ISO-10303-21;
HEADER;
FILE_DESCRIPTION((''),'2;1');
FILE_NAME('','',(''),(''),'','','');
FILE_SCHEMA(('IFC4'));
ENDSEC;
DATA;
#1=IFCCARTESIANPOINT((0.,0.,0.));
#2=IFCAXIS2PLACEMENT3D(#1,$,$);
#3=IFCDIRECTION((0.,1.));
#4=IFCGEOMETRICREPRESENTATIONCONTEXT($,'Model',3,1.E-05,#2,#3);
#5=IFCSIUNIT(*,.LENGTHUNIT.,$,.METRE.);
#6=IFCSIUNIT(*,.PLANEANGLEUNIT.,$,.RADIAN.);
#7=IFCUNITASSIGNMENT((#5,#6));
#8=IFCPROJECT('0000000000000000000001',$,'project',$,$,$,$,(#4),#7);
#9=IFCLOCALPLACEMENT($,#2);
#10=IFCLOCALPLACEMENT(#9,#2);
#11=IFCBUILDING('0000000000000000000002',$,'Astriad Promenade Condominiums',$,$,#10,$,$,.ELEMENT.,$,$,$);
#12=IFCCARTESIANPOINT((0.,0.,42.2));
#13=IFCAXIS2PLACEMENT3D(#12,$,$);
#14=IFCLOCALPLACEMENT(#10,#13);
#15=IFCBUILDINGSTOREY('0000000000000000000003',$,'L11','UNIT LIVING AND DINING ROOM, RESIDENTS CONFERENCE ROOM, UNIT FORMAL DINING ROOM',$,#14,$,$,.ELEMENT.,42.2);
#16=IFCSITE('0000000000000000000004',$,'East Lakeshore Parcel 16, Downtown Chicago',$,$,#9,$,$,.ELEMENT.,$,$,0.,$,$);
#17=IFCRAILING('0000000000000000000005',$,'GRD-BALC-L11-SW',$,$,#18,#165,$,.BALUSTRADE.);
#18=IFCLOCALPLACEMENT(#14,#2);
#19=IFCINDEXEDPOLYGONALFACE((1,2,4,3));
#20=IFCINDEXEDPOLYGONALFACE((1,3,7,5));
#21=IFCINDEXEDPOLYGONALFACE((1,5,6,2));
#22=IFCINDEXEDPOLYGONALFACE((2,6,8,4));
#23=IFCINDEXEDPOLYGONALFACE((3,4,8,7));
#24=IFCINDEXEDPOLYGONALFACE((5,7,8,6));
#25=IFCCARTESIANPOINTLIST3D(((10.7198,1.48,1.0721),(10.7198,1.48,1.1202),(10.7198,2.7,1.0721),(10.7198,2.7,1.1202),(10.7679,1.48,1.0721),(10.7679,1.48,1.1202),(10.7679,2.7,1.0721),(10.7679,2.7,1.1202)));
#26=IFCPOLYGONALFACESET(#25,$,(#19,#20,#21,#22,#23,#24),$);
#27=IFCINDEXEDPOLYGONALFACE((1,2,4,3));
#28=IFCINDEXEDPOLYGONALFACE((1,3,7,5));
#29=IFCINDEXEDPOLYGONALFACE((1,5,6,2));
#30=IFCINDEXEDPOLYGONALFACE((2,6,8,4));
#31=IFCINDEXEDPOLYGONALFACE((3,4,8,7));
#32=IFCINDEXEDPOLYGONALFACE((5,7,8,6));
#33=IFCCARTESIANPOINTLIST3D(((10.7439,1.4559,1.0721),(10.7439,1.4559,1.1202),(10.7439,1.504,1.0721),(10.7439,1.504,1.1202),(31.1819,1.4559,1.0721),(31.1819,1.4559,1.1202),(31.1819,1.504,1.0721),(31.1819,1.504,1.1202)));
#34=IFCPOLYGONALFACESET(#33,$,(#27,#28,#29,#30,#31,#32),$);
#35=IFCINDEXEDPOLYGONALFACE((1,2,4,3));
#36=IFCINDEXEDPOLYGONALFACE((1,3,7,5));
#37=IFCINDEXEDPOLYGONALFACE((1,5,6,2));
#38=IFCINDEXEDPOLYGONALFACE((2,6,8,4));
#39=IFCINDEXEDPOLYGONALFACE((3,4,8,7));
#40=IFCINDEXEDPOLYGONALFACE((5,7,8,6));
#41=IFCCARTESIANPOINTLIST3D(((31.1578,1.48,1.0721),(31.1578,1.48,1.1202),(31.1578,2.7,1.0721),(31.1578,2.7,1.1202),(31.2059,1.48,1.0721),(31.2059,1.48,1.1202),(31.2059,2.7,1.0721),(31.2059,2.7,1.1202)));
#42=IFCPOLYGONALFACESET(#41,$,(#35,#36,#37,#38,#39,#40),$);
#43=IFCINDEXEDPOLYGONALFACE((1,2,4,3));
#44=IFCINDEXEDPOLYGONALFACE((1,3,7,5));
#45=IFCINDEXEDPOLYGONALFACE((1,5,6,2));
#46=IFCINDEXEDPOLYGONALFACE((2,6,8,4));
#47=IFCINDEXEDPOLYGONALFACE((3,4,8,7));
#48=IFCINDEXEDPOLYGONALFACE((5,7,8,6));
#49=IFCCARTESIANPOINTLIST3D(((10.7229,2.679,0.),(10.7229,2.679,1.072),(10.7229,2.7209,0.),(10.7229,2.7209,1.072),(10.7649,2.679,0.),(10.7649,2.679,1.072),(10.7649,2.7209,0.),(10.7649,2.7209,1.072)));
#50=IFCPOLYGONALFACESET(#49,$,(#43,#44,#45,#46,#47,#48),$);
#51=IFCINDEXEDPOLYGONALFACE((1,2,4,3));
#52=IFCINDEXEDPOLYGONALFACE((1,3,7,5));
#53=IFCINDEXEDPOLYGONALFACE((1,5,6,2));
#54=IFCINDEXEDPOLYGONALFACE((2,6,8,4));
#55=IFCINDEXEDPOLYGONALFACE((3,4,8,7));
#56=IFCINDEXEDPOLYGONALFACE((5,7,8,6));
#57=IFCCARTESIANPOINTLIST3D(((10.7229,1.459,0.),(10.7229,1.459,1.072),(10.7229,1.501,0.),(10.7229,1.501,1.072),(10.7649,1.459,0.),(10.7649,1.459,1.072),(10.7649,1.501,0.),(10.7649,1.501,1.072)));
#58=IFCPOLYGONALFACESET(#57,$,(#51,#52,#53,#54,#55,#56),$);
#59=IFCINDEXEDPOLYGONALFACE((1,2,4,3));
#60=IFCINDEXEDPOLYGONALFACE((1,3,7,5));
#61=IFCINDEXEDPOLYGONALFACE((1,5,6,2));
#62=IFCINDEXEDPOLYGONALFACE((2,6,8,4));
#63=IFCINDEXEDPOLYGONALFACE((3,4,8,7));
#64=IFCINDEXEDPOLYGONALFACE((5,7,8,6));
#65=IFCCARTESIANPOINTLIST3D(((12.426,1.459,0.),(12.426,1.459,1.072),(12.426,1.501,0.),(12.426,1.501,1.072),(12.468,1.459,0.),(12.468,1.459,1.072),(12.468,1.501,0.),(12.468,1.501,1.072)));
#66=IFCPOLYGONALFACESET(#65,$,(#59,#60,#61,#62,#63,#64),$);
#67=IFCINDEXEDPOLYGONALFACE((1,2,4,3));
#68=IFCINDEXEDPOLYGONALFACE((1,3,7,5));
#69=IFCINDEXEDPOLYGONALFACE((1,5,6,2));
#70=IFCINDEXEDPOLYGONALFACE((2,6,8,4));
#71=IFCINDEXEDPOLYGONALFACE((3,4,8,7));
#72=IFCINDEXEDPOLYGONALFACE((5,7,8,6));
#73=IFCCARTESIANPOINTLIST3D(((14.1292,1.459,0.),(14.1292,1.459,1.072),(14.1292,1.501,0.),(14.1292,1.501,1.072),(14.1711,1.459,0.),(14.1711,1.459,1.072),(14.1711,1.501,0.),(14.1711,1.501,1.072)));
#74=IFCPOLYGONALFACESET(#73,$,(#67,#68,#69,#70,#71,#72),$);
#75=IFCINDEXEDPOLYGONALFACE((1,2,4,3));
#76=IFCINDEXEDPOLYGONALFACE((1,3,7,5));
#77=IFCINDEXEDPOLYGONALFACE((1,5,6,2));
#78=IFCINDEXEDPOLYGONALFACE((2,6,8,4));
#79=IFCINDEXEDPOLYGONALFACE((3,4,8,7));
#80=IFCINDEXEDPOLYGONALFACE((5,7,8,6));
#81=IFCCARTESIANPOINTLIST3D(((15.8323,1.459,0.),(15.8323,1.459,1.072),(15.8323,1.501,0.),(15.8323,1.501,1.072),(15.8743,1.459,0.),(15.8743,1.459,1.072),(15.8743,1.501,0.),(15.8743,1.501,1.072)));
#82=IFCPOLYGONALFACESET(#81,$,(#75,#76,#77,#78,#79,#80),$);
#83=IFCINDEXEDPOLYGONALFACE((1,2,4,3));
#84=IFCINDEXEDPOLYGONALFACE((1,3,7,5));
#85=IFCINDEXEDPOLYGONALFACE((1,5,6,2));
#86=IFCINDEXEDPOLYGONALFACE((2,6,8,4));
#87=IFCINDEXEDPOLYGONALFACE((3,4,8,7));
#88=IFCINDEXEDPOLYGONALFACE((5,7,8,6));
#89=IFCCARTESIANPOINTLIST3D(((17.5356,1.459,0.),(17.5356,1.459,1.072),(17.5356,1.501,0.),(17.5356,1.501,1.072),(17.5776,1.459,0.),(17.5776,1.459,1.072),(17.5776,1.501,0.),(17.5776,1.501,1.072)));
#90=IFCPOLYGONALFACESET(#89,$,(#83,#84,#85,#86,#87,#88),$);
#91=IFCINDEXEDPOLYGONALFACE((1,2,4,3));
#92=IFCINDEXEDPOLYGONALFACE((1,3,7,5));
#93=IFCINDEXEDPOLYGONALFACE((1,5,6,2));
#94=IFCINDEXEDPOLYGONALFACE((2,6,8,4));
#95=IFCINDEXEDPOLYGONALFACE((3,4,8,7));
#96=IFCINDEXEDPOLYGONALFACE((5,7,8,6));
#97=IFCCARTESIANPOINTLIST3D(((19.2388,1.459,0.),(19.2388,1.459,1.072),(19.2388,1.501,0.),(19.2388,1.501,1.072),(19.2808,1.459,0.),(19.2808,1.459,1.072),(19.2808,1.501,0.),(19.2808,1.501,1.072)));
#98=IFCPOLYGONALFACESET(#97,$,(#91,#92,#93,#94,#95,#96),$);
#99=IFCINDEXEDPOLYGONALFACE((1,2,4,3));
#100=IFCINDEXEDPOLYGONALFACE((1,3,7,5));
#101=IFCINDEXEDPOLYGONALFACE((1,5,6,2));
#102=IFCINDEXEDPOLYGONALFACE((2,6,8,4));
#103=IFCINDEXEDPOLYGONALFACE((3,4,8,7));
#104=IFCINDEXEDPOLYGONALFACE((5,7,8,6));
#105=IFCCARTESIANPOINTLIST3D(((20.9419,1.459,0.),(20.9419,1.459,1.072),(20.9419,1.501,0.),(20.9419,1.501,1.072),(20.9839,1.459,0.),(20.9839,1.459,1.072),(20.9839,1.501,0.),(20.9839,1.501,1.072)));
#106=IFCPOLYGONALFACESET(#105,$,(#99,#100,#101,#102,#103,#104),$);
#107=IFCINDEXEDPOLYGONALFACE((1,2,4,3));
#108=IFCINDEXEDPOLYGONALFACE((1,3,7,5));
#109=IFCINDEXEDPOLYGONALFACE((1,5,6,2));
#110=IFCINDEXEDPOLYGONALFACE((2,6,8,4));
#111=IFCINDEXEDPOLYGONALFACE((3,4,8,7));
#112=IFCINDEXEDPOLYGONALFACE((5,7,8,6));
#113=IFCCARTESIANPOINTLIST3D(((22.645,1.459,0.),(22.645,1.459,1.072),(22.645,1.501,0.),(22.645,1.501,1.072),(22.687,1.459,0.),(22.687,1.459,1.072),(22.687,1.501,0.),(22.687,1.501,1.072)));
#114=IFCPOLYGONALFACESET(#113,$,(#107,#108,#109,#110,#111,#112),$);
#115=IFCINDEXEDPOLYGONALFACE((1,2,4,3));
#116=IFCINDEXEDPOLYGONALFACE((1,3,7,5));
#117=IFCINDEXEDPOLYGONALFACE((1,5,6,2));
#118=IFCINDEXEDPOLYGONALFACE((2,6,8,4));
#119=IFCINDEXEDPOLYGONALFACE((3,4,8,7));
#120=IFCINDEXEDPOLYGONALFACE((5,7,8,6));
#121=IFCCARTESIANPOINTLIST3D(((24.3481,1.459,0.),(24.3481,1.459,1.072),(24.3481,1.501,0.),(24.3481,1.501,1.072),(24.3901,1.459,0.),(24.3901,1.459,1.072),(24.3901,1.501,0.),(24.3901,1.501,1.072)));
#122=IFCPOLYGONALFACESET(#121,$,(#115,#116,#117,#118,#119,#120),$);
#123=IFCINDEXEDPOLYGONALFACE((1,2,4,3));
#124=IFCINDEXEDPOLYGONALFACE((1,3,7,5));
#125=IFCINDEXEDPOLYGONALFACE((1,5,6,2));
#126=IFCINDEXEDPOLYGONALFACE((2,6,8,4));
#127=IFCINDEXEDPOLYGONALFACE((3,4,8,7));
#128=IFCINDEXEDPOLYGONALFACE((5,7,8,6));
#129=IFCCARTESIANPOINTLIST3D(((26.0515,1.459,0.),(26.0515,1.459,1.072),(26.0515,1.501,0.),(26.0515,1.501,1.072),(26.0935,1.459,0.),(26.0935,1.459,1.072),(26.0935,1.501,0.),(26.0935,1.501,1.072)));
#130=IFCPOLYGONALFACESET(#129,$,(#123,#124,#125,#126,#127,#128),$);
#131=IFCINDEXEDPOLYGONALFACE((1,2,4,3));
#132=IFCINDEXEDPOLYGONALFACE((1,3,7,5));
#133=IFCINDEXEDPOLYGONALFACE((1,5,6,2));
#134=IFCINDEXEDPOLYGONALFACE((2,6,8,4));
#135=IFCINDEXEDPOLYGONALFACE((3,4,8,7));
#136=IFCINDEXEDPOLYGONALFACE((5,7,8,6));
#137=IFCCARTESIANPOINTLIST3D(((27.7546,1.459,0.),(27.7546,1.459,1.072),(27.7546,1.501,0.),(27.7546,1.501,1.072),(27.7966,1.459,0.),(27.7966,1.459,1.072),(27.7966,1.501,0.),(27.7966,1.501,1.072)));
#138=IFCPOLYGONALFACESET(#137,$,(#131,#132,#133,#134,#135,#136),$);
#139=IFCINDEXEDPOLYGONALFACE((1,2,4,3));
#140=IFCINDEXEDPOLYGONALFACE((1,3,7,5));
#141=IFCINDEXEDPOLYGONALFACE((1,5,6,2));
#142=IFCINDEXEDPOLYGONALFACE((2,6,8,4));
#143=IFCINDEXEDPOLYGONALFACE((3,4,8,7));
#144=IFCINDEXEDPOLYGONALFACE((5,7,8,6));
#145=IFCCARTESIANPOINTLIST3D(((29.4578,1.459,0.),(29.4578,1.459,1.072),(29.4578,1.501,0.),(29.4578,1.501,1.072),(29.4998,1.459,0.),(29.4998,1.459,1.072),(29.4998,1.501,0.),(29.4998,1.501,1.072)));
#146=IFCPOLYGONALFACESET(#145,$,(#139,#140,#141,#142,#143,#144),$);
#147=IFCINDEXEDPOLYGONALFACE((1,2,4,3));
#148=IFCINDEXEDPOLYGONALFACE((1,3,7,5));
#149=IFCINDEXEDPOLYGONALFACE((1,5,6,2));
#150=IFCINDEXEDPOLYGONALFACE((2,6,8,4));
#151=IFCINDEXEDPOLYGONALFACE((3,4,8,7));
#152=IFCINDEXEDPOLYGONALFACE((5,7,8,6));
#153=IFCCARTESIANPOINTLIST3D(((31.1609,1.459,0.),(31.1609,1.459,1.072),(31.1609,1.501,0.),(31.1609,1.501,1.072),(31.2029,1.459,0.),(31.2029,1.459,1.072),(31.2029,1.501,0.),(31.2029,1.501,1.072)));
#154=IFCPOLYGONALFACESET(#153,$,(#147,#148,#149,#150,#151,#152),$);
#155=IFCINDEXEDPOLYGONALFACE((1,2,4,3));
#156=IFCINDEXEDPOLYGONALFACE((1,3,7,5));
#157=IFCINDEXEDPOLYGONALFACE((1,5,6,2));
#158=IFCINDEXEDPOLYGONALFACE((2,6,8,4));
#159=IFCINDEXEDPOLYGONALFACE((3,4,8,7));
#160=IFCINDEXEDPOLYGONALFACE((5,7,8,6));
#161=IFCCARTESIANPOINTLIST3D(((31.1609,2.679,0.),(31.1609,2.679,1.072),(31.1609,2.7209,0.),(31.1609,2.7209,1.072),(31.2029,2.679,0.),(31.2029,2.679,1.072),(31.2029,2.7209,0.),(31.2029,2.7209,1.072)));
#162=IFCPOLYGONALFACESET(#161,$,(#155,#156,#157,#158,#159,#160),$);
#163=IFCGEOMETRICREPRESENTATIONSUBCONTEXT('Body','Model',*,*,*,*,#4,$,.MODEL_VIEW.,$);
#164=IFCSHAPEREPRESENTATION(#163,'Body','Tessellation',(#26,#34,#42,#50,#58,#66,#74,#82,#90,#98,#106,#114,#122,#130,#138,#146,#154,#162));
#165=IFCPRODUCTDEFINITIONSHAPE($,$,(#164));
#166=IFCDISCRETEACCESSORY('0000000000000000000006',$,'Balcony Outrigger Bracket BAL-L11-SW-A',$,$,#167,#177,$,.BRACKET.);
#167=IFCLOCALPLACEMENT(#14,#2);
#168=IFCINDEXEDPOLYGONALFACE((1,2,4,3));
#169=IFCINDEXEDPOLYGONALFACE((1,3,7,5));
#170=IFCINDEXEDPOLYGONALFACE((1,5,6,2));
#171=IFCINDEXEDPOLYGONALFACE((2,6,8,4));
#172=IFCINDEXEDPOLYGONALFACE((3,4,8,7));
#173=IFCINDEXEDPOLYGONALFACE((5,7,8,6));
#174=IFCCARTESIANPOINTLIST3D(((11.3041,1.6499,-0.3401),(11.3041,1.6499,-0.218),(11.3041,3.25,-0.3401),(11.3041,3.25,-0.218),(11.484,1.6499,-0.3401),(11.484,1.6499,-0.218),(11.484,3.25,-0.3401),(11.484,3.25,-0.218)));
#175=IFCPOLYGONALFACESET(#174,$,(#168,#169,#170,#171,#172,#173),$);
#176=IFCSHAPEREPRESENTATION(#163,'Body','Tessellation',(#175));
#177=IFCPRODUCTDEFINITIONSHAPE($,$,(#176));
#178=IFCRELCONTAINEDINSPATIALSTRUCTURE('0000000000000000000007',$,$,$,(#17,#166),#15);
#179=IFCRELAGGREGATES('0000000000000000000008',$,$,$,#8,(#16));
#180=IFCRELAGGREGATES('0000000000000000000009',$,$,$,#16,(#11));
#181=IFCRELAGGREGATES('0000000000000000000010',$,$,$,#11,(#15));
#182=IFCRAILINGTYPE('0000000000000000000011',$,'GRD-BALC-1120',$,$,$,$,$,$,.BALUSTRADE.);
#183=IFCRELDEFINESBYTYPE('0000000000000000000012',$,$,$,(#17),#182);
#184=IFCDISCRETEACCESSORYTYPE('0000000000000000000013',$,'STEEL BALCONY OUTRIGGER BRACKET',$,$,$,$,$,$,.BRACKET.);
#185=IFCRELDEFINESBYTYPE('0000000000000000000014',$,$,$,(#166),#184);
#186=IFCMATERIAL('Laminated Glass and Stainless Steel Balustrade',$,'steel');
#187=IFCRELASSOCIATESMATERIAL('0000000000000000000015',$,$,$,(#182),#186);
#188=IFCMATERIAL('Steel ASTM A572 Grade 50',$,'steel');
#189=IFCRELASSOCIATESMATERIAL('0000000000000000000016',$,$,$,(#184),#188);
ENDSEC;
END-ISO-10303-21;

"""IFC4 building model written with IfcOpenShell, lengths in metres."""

from ifc_helpers import new_model, si_unit, direction, frame, origin, origin_2d, place, context, subcontext, project, spatial, rectangle, extrude, source, transform, mapped, material, type_object, type_shapes, element, save


model = new_model("IFC4")

# Units and contexts
model_context = context("Model", 3, precision=1e-05, world=origin(), true_north=direction((0.0, 1.0)))
body_context = subcontext(model_context, "Body", "Model", "MODEL_VIEW")
ifc_project = project(units=[si_unit("LENGTHUNIT", "METRE"), si_unit("PLANEANGLEUNIT", "RADIAN")], contexts=[model_context])

# Site, building, storey
site_placement = place(None, origin())
site = spatial("IfcSite", under=ifc_project, at=site_placement, Name="East Lakeshore Parcel 16, Downtown Chicago", CompositionType="ELEMENT", RefElevation=0.0)
building_placement = place(site_placement, origin())
building = spatial("IfcBuilding", under=site, at=building_placement, Name="Astriad Promenade Condominiums", CompositionType="ELEMENT")
storey_placement = place(building_placement, frame((0.0, 0.0, 42.2)))
storey = spatial("IfcBuildingStorey", under=building, at=storey_placement, Name="L11", Description="UNIT LIVING AND DINING ROOM, RESIDENTS CONFERENCE ROOM, UNIT FORMAL DINING ROOM", CompositionType="ELEMENT", Elevation=42.2)

# Railing
ifc_material_1 = material(Name="Laminated Glass and Stainless Steel Balustrade", Category="steel")
railing_type = type_object("IfcRailingType", Name="GRD-BALC-1120", PredefinedType="BALUSTRADE", material=ifc_material_1)
shared_shape_1 = source(origin(), body_context, "Body", "SweptSolid", [
    extrude(rectangle(XDim=0.0481, YDim=0.0481, at=origin_2d()), frame((0.0, 0.0, 1.0962), z_axis=(0.0, -1.0, 0.0), x_axis=(1.0, 0.0, 0.0)), (0.0, 0.0, 1.0), 1.22),
    extrude(rectangle(XDim=0.0481, YDim=0.0481, at=origin_2d()), frame((0.0, -1.22, 1.0962), z_axis=(1.0, 0.0, 0.0), x_axis=(0.0, 1.0, 0.0)), (0.0, 0.0, 1.0), 20.438),
    extrude(rectangle(XDim=0.0481, YDim=0.0481, at=origin_2d()), frame((20.438, -1.22, 1.0962), z_axis=(0.0, 1.0, 0.0), x_axis=(-1.0, 0.0, 0.0)), (0.0, 0.0, 1.0), 1.22),
    extrude(rectangle(XDim=0.042, YDim=0.042, at=origin_2d()), origin(), (0.0, 0.0, 1.0), 1.072),
    extrude(rectangle(XDim=0.042, YDim=0.042, at=origin_2d()), frame((0.0, -1.22, 0.0)), (0.0, 0.0, 1.0), 1.072),
    extrude(rectangle(XDim=0.042, YDim=0.042, at=origin_2d()), frame((1.7031, -1.22, 0.0)), (0.0, 0.0, 1.0), 1.072),
    extrude(rectangle(XDim=0.042, YDim=0.042, at=origin_2d()), frame((3.4062, -1.22, 0.0)), (0.0, 0.0, 1.0), 1.072),
    extrude(rectangle(XDim=0.042, YDim=0.042, at=origin_2d()), frame((5.1094, -1.22, 0.0)), (0.0, 0.0, 1.0), 1.072),
    extrude(rectangle(XDim=0.042, YDim=0.042, at=origin_2d()), frame((6.8127, -1.22, 0.0)), (0.0, 0.0, 1.0), 1.072),
    extrude(rectangle(XDim=0.042, YDim=0.042, at=origin_2d()), frame((8.5159, -1.22, 0.0)), (0.0, 0.0, 1.0), 1.072),
    extrude(rectangle(XDim=0.042, YDim=0.042, at=origin_2d()), frame((10.219, -1.22, 0.0)), (0.0, 0.0, 1.0), 1.072),
    extrude(rectangle(XDim=0.042, YDim=0.042, at=origin_2d()), frame((11.9221, -1.22, 0.0)), (0.0, 0.0, 1.0), 1.072),
    extrude(rectangle(XDim=0.042, YDim=0.042, at=origin_2d()), frame((13.6252, -1.22, 0.0)), (0.0, 0.0, 1.0), 1.072),
    extrude(rectangle(XDim=0.042, YDim=0.042, at=origin_2d()), frame((15.3286, -1.22, 0.0)), (0.0, 0.0, 1.0), 1.072),
    extrude(rectangle(XDim=0.042, YDim=0.042, at=origin_2d()), frame((17.0317, -1.22, 0.0)), (0.0, 0.0, 1.0), 1.072),
    extrude(rectangle(XDim=0.042, YDim=0.042, at=origin_2d()), frame((18.7349, -1.22, 0.0)), (0.0, 0.0, 1.0), 1.072),
    extrude(rectangle(XDim=0.042, YDim=0.042, at=origin_2d()), frame((20.438, -1.22, 0.0)), (0.0, 0.0, 1.0), 1.072),
    extrude(rectangle(XDim=0.042, YDim=0.042, at=origin_2d()), frame((20.438, 0.0, 0.0)), (0.0, 0.0, 1.0), 1.072),
])
type_shapes(railing_type, [shared_shape_1])
railing_placement = place(storey_placement, frame((10.7439, 2.7, 0.0)))
element("IfcRailing", 1, at=railing_placement, inside=storey, type_object=railing_type, Name="GRD-BALC-L11-SW", PredefinedType="BALUSTRADE", context=body_context, shape_type="MappedRepresentation", body=[
    mapped(shared_shape_1, transform((0.0, 0.0, 0.0), scale=1.0)),
])

# Discrete accessory
ifc_material_2 = material(Name="Steel ASTM A572 Grade 50", Category="steel")
discrete_accessory_type = type_object("IfcDiscreteAccessoryType", Name="STEEL BALCONY OUTRIGGER BRACKET", PredefinedType="BRACKET", material=ifc_material_2)
shared_shape_2 = source(origin(), body_context, "Body", "SweptSolid", [
    extrude(rectangle(XDim=1.6001, YDim=0.1799, at=origin_2d()), origin(), (0.0, 0.0, 1.0), 0.1221),
])
type_shapes(discrete_accessory_type, [shared_shape_2])
discrete_accessory_placement = place(storey_placement, frame((11.394, 2.45, -0.3401), z_axis=(0.0, 0.0, 1.0), x_axis=(0.0, -1.0, 0.0)))
element("IfcDiscreteAccessory", 2, at=discrete_accessory_placement, inside=storey, type_object=discrete_accessory_type, Name="Balcony Outrigger Bracket BAL-L11-SW-A", PredefinedType="BRACKET", context=body_context, shape_type="MappedRepresentation", body=[
    mapped(shared_shape_2, transform((0.0, 0.0, 0.0), scale=1.0)),
])

save(model, "model.ifc")
